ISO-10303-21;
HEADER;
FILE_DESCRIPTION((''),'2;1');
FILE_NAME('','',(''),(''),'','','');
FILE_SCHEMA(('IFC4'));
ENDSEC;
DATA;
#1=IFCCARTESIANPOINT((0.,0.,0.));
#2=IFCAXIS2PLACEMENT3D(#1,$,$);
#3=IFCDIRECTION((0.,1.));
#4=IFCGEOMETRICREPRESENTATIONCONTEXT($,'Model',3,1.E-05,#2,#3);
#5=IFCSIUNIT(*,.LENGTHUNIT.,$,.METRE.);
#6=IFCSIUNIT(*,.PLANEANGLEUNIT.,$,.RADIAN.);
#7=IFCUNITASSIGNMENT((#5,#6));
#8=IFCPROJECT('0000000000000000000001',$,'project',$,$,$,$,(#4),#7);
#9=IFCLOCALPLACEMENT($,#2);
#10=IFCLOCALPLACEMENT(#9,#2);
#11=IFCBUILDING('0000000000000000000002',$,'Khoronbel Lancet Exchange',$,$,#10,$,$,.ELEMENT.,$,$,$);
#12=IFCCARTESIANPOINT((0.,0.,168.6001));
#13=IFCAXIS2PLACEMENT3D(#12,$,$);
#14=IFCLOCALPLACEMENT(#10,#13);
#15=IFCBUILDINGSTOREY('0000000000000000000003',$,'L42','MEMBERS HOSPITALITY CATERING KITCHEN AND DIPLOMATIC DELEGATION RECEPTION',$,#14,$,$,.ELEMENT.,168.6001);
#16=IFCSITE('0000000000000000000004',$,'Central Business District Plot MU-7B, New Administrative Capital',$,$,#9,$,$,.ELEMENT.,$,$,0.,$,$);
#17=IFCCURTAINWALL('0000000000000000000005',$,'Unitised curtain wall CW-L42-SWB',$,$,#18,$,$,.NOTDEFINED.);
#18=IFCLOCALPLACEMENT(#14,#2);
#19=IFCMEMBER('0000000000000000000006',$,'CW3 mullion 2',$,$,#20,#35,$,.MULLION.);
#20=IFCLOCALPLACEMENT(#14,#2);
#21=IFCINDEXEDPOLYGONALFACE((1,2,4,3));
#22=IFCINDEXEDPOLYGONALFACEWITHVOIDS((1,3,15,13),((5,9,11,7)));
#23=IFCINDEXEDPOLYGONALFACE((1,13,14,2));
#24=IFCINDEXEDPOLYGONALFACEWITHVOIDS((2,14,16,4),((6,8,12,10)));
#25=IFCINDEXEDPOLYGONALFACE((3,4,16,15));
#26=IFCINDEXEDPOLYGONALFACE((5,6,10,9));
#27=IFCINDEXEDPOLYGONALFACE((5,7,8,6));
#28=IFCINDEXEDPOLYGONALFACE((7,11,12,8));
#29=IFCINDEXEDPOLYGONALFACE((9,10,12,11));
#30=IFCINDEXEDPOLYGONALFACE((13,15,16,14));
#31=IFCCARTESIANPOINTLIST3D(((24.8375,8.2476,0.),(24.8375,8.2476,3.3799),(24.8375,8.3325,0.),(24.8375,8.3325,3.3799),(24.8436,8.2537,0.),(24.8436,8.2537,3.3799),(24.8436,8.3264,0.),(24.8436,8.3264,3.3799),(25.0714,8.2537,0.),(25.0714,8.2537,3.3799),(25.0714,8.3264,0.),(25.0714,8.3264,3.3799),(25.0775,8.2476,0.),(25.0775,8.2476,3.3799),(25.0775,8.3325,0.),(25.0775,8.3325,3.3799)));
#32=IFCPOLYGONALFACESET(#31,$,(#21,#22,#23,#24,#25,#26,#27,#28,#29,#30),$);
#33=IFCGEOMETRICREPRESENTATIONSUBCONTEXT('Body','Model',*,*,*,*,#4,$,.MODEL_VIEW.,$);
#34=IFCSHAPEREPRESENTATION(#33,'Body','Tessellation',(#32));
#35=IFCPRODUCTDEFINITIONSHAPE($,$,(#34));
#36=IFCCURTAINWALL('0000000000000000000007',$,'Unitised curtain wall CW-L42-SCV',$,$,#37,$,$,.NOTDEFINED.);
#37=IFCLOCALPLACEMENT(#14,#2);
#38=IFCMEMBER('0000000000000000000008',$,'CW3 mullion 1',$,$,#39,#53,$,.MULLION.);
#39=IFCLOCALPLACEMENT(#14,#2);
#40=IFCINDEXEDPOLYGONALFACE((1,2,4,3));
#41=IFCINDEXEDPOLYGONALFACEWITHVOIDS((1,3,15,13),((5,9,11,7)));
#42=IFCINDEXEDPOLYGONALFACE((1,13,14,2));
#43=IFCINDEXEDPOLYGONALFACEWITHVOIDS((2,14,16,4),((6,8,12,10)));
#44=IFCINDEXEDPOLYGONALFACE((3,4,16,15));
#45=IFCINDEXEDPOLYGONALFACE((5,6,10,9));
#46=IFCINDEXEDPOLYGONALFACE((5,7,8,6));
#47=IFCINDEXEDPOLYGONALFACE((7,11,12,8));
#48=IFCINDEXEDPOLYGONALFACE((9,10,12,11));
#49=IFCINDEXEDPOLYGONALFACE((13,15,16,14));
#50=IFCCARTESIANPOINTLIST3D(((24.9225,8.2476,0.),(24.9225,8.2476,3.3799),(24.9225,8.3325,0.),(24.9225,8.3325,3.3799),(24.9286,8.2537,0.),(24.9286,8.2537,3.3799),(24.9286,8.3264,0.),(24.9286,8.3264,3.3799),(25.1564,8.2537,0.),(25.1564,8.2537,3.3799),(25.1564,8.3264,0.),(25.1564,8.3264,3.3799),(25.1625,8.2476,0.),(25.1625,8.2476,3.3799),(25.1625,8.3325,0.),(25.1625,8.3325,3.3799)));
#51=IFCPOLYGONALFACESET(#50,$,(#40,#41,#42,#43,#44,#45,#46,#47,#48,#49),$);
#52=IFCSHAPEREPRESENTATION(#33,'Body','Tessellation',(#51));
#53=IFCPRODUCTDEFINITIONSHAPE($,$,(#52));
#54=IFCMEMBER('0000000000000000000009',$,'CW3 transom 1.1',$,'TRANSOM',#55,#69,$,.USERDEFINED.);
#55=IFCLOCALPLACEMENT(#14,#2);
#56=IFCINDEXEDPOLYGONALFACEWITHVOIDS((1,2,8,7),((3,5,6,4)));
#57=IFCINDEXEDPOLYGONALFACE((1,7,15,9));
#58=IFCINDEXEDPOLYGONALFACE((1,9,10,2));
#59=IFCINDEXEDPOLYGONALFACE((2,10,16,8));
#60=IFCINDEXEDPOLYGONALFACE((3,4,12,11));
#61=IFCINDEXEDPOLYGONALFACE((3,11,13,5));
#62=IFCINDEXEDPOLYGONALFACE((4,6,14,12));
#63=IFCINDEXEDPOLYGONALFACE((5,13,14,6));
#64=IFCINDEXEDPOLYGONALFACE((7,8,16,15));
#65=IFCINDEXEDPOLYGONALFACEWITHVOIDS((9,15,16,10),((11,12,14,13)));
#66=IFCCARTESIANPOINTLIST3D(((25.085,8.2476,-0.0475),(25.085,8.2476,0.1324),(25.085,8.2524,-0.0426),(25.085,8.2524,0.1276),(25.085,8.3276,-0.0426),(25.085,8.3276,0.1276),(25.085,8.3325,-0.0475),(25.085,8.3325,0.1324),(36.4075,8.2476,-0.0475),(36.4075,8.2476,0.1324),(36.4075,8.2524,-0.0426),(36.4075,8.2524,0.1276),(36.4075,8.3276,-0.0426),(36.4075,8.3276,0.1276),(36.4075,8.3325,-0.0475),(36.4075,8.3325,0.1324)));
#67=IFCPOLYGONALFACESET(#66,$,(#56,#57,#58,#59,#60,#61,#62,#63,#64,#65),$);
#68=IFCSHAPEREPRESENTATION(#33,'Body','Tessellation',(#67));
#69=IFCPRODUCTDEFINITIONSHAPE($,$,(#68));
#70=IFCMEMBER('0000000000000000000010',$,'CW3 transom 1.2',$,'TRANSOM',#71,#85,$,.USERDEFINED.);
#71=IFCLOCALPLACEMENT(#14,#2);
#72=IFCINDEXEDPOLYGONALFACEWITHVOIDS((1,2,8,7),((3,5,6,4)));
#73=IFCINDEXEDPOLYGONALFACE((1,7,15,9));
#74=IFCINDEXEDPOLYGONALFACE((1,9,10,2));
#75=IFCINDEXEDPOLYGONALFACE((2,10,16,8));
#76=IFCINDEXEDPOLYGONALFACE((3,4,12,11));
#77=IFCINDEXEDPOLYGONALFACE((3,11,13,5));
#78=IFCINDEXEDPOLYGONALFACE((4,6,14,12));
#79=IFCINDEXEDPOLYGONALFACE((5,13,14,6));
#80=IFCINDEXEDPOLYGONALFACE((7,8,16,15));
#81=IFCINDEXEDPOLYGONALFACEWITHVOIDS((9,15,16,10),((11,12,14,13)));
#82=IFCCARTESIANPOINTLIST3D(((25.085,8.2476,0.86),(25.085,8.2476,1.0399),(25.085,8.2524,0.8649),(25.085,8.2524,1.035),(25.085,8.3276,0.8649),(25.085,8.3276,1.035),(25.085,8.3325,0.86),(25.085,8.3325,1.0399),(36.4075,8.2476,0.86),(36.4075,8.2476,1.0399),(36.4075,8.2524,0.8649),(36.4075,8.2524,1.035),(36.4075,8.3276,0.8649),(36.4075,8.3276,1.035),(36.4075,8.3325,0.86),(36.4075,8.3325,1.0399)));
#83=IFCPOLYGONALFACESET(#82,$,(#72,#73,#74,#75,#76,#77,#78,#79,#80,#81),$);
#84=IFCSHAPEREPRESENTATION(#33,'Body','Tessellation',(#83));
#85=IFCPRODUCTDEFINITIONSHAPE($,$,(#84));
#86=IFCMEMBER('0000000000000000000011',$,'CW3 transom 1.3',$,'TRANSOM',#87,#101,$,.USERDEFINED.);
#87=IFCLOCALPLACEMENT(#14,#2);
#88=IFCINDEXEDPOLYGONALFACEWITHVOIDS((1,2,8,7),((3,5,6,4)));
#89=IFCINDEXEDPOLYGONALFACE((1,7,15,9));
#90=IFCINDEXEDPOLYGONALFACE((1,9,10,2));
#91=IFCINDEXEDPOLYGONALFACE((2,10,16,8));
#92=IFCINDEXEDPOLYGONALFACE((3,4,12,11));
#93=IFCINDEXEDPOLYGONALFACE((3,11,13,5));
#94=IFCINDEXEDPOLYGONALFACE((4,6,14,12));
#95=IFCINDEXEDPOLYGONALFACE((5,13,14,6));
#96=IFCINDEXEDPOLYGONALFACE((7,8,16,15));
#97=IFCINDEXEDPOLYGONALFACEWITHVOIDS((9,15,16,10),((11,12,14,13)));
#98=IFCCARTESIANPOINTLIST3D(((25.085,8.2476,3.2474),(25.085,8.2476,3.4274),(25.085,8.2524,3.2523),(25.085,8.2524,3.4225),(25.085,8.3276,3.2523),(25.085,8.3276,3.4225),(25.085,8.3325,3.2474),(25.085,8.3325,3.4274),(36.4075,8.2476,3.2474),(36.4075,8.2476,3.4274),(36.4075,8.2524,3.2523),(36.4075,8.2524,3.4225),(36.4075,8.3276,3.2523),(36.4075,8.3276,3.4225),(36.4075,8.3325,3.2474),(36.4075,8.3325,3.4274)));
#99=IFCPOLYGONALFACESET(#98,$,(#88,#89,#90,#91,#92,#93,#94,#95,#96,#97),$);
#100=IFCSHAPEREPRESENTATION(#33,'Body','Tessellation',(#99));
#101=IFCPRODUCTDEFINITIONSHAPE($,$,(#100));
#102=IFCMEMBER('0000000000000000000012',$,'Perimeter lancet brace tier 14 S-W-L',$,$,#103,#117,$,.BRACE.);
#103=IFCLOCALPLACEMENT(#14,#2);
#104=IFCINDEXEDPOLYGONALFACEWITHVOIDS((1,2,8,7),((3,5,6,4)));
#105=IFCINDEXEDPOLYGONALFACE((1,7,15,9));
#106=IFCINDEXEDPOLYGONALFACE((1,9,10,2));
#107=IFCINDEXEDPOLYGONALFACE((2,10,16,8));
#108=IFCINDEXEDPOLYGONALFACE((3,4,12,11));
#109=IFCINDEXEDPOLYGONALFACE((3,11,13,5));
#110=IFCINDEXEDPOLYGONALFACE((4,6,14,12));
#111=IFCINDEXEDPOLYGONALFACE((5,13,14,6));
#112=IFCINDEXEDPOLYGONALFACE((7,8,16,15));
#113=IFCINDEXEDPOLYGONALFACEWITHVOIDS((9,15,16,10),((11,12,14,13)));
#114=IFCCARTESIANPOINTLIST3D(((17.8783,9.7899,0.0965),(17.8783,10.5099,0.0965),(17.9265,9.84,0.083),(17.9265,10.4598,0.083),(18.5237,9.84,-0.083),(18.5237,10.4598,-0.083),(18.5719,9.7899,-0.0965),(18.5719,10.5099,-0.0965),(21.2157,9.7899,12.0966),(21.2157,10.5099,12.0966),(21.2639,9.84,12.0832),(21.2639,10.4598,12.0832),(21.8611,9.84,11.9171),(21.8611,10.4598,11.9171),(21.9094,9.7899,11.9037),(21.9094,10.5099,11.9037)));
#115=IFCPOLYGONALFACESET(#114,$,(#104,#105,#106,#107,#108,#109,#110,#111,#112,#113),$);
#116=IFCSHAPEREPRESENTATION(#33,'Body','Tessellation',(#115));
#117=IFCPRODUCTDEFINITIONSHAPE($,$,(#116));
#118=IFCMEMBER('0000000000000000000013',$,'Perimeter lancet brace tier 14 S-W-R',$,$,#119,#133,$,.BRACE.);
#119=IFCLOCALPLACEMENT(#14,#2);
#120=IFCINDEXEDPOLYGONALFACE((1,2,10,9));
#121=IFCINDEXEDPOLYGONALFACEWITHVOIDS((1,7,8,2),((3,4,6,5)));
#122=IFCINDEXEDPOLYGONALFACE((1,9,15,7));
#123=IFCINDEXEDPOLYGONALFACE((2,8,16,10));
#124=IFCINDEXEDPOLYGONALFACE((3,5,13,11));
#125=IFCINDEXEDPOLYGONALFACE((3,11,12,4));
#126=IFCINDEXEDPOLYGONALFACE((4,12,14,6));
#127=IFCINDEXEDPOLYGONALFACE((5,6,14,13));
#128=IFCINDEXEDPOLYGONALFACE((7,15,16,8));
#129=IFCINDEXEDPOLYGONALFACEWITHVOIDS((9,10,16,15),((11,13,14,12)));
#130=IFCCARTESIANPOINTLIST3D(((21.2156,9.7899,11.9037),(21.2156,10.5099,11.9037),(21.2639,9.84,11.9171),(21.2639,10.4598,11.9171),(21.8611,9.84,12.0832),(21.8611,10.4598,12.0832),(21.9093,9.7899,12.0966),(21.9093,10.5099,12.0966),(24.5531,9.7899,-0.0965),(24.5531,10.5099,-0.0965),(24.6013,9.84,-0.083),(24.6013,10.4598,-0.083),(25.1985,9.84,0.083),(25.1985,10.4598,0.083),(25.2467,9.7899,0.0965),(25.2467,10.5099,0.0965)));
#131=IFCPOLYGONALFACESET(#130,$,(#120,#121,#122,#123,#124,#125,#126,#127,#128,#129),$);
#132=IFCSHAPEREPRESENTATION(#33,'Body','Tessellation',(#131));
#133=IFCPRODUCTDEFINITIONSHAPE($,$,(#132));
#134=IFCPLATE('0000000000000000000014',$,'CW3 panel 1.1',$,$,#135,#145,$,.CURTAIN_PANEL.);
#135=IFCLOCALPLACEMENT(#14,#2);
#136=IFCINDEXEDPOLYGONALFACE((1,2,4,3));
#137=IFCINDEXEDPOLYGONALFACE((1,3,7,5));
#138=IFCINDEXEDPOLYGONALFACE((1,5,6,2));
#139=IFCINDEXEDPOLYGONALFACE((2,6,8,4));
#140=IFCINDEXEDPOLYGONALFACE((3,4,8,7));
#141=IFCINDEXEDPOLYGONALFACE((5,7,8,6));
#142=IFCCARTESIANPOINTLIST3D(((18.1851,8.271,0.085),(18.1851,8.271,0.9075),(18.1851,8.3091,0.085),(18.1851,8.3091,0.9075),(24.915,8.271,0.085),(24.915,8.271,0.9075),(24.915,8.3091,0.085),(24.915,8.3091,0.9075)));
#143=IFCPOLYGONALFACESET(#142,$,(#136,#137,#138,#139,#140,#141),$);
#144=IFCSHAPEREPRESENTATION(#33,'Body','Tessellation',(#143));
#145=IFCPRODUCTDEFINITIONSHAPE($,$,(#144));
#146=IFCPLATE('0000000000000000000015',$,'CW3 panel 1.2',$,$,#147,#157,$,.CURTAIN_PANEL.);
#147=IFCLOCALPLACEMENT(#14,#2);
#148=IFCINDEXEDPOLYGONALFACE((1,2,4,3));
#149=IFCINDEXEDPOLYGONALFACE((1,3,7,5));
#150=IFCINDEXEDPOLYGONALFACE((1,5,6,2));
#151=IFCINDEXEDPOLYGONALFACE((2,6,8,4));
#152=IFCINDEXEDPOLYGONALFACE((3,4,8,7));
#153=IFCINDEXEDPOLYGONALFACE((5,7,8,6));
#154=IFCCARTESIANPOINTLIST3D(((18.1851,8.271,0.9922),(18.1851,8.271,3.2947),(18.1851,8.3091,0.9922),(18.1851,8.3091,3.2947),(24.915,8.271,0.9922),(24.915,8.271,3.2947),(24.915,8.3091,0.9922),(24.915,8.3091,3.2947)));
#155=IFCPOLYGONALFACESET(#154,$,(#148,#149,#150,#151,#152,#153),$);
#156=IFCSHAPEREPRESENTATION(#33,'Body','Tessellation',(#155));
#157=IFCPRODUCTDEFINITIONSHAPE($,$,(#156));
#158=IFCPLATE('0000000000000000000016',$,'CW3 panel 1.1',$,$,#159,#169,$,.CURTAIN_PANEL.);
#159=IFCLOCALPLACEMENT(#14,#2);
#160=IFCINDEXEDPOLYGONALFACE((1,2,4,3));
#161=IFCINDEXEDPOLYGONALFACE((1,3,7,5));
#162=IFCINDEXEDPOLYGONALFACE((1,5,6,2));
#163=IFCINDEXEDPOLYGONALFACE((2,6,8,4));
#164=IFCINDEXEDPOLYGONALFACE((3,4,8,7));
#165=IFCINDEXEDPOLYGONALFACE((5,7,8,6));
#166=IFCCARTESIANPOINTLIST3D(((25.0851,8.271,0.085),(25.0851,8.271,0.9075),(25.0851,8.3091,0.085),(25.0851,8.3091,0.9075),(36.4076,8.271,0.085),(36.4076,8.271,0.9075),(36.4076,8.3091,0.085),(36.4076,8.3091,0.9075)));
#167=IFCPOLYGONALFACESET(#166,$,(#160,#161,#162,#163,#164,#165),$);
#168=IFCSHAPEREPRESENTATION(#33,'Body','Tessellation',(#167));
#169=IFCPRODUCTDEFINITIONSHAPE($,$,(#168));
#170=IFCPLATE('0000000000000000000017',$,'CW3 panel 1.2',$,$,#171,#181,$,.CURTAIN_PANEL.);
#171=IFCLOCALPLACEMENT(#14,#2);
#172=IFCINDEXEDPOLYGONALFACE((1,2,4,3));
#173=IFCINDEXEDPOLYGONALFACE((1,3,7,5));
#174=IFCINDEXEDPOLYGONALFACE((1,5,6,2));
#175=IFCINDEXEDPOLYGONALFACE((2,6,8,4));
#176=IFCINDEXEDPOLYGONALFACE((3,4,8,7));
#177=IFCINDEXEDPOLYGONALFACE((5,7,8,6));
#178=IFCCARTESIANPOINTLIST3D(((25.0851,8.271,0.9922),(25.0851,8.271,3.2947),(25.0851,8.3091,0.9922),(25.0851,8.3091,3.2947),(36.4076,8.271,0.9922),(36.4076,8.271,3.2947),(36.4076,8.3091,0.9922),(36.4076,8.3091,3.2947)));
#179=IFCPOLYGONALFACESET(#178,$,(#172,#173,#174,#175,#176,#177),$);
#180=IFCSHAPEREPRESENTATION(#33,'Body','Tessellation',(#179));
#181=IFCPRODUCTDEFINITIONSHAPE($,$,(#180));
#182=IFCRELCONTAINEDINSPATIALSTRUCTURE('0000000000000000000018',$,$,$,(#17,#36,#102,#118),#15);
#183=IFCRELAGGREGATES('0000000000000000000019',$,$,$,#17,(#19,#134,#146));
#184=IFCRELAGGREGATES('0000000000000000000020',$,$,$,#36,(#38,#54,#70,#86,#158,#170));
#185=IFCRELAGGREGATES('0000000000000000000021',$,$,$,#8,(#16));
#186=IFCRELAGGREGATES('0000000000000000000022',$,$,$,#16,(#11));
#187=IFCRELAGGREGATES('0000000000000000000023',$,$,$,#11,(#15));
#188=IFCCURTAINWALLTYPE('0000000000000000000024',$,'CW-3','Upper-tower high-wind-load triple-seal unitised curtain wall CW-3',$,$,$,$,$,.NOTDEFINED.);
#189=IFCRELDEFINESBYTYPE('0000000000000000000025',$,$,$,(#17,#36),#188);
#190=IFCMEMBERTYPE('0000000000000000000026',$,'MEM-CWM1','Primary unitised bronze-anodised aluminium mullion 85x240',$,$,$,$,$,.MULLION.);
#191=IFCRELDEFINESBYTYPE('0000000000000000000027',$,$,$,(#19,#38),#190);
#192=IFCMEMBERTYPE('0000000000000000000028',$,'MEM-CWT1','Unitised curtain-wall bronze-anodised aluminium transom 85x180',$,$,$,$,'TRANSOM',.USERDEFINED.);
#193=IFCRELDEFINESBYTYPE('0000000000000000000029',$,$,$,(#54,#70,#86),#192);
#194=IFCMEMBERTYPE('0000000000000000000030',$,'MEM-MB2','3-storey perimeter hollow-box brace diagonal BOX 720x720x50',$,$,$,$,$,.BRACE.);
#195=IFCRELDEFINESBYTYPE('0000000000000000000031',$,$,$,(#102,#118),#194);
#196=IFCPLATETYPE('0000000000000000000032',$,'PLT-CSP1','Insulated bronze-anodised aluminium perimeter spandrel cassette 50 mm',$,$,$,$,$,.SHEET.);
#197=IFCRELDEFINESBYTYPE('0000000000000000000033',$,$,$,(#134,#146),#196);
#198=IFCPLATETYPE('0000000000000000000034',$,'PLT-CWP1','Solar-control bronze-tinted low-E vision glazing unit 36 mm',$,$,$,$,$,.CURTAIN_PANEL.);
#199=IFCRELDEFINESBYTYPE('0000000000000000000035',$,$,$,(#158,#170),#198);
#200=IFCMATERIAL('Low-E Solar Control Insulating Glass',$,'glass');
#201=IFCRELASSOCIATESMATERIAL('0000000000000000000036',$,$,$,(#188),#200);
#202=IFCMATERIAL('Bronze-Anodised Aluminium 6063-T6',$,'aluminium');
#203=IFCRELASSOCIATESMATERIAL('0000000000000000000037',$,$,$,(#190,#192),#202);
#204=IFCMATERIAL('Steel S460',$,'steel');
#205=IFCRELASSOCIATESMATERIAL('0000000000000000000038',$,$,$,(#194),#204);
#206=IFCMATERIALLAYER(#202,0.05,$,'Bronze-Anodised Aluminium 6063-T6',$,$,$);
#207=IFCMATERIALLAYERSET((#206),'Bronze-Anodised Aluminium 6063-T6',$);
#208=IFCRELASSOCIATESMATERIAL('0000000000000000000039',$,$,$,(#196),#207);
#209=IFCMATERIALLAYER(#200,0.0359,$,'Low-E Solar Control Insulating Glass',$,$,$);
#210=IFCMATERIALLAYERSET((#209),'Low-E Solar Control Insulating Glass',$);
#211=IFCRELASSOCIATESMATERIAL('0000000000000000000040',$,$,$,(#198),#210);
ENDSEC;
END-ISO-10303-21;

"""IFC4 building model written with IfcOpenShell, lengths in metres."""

from ifc_helpers import new_model, si_unit, direction, frame, origin, origin_2d, place, context, subcontext, project, spatial, rectangle, hollow_rectangle, extrude, material, layer, layer_set, material_profile, profile_set, type_object, element, aggregate, save


model = new_model("IFC4")

# Units and contexts
model_context = context("Model", 3, precision=1e-05, world=origin(), true_north=direction((0.0, 1.0)))
body_context = subcontext(model_context, "Body", "Model", "MODEL_VIEW")
ifc_project = project(units=[si_unit("LENGTHUNIT", "METRE"), si_unit("PLANEANGLEUNIT", "RADIAN")], contexts=[model_context])

# Site, building, storey
site_placement = place(None, origin())
site = spatial("IfcSite", under=ifc_project, at=site_placement, Name="Central Business District Plot MU-7B, New Administrative Capital", CompositionType="ELEMENT", RefElevation=0.0)
building_placement = place(site_placement, origin())
building = spatial("IfcBuilding", under=site, at=building_placement, Name="Khoronbel Lancet Exchange", CompositionType="ELEMENT")
storey_placement = place(building_placement, frame((0.0, 0.0, 168.6001)))
storey = spatial("IfcBuildingStorey", under=building, at=storey_placement, Name="L42", Description="MEMBERS HOSPITALITY CATERING KITCHEN AND DIPLOMATIC DELEGATION RECEPTION", CompositionType="ELEMENT", Elevation=168.6001)

# Shared definitions
ifc_material_1 = material(Name="Steel S460", Category="steel")

# Curtain wall, member
ifc_material_2 = material(Name="Low-E Solar Control Insulating Glass", Category="glass")
curtain_wall_type = type_object("IfcCurtainWallType", Name="CW-3", Description="Upper-tower high-wind-load triple-seal unitised curtain wall CW-3", PredefinedType="NOTDEFINED", material=ifc_material_2)
curtain_wall_1_placement = place(storey_placement, origin())
curtain_wall_1 = element("IfcCurtainWall", 1, at=curtain_wall_1_placement, inside=storey, type_object=curtain_wall_type, Name="Unitised curtain wall CW-L42-SWB", PredefinedType="NOTDEFINED")
ifc_material_3 = material(Name="Bronze-Anodised Aluminium 6063-T6", Category="aluminium")
ifc_material_profile_1 = material_profile(ifc_material_3, hollow_rectangle(XDim=0.085, YDim=0.24, WallThickness=0.0061, at=origin_2d()), Name="ALU MULLION 85x240")
ifc_profile_set_1 = profile_set([ifc_material_profile_1], Name="Bronze-Anodised Aluminium 6063-T6")
member_type_1 = type_object("IfcMemberType", Name="MEM-CWM1", Description="Primary unitised bronze-anodised aluminium mullion 85x240", PredefinedType="MULLION", material=ifc_profile_set_1)
member_1_placement = place(storey_placement, frame((24.9575, 8.29, 0.0), z_axis=(0.0, 0.0, 1.0), x_axis=(0.0, 1.0, 0.0)))
member_1 = element("IfcMember", 2, at=member_1_placement, type_object=member_type_1, Name="CW3 mullion 2", PredefinedType="MULLION", context=body_context, shape_type="SweptSolid", body=[
    extrude(hollow_rectangle(XDim=0.085, YDim=0.24, WallThickness=0.0061, at=origin_2d()), origin(), (0.0, 0.0, 1.0), 3.3799),
])

# Curtain wall, members
curtain_wall_2_placement = place(storey_placement, origin())
curtain_wall_2 = element("IfcCurtainWall", 3, at=curtain_wall_2_placement, inside=storey, type_object=curtain_wall_type, Name="Unitised curtain wall CW-L42-SCV", PredefinedType="NOTDEFINED")
member_2_placement = place(storey_placement, frame((25.0425, 8.29, 0.0), z_axis=(0.0, 0.0, 1.0), x_axis=(0.0, 1.0, 0.0)))
member_2 = element("IfcMember", 4, at=member_2_placement, type_object=member_type_1, Name="CW3 mullion 1", PredefinedType="MULLION", context=body_context, shape_type="SweptSolid", body=[
    extrude(hollow_rectangle(XDim=0.085, YDim=0.24, WallThickness=0.0061, at=origin_2d()), origin(), (0.0, 0.0, 1.0), 3.3799),
])
ifc_material_profile_2 = material_profile(ifc_material_3, hollow_rectangle(XDim=0.085, YDim=0.1799, WallThickness=0.0049, at=origin_2d()), Name="ALU TRANSOM 85x180")
ifc_profile_set_2 = profile_set([ifc_material_profile_2], Name="Bronze-Anodised Aluminium 6063-T6")
member_type_2 = type_object("IfcMemberType", Name="MEM-CWT1", Description="Unitised curtain-wall bronze-anodised aluminium transom 85x180", ElementType="TRANSOM", PredefinedType="USERDEFINED", material=ifc_profile_set_2)
member_3_placement = place(storey_placement, frame((25.085, 8.29, 0.0425), z_axis=(1.0, 0.0, 0.0), x_axis=(0.0, 1.0, 0.0)))
member_3 = element("IfcMember", 5, at=member_3_placement, type_object=member_type_2, Name="CW3 transom 1.1", ObjectType="TRANSOM", PredefinedType="USERDEFINED", context=body_context, shape_type="SweptSolid", body=[
    extrude(hollow_rectangle(XDim=0.085, YDim=0.1799, WallThickness=0.0049, at=origin_2d()), origin(), (0.0, 0.0, 1.0), 11.3225),
])
member_4_placement = place(storey_placement, frame((25.085, 8.29, 0.95), z_axis=(1.0, 0.0, 0.0), x_axis=(0.0, 1.0, 0.0)))
member_4 = element("IfcMember", 6, at=member_4_placement, type_object=member_type_2, Name="CW3 transom 1.2", ObjectType="TRANSOM", PredefinedType="USERDEFINED", context=body_context, shape_type="SweptSolid", body=[
    extrude(hollow_rectangle(XDim=0.085, YDim=0.1799, WallThickness=0.0049, at=origin_2d()), origin(), (0.0, 0.0, 1.0), 11.3225),
])
member_5_placement = place(storey_placement, frame((25.085, 8.29, 3.3374), z_axis=(1.0, 0.0, 0.0), x_axis=(0.0, 1.0, 0.0)))
member_5 = element("IfcMember", 7, at=member_5_placement, type_object=member_type_2, Name="CW3 transom 1.3", ObjectType="TRANSOM", PredefinedType="USERDEFINED", context=body_context, shape_type="SweptSolid", body=[
    extrude(hollow_rectangle(XDim=0.085, YDim=0.1799, WallThickness=0.0049, at=origin_2d()), origin(), (0.0, 0.0, 1.0), 11.3225),
])

# Members
ifc_material_profile_3 = material_profile(ifc_material_1, hollow_rectangle(XDim=0.72, YDim=0.72, WallThickness=0.05, at=origin_2d()), Name="BOX 720x720x50")
ifc_profile_set_3 = profile_set([ifc_material_profile_3], Name="Steel S460")
member_type_3 = type_object("IfcMemberType", Name="MEM-MB2", Description="3-storey perimeter hollow-box brace diagonal BOX 720x720x50", PredefinedType="BRACE", material=ifc_profile_set_3)
for number, where, z_axis, x_axis, name in (
    (8, (18.2251, 10.1499, 0.0), (0.267947, 0.0, 0.963434), (0.0, 1.0, 0.0), "Perimeter lancet brace tier 14 S-W-L"),
    (9, (24.8999, 10.1499, 0.0), (-0.267947, 0.0, 0.963434), (0.0, -1.0, 0.0), "Perimeter lancet brace tier 14 S-W-R"),
):
    element("IfcMember", number, at=place(storey_placement, frame(where, z_axis=z_axis, x_axis=x_axis)), inside=storey, type_object=member_type_3, Name=name, PredefinedType="BRACE", context=body_context, shape_type="SweptSolid", body=[
        extrude(hollow_rectangle(XDim=0.72, YDim=0.72, WallThickness=0.05, at=origin_2d()), origin(), (0.0, 0.0, 1.0), 12.4556),
    ])

# Plates
ifc_layer_1 = layer(ifc_material_3, 0.05, Name="Bronze-Anodised Aluminium 6063-T6")
ifc_layer_set_1 = layer_set([ifc_layer_1], Name="Bronze-Anodised Aluminium 6063-T6")
plate_type_1 = type_object("IfcPlateType", Name="PLT-CSP1", Description="Insulated bronze-anodised aluminium perimeter spandrel cassette 50 mm", PredefinedType="SHEET", material=ifc_layer_set_1)
plate_1_placement = place(storey_placement, frame((21.55, 8.29, 0.085), z_axis=(0.0, 0.0, 1.0), x_axis=(1.0, 0.0, 0.0)))
plate_1 = element("IfcPlate", 10, at=plate_1_placement, type_object=plate_type_1, Name="CW3 panel 1.1", PredefinedType="CURTAIN_PANEL", context=body_context, shape_type="SweptSolid", body=[
    extrude(rectangle(XDim=6.73, YDim=0.0381, at=origin_2d()), origin(), (0.0, 0.0, 1.0), 0.8225),
])
plate_2_placement = place(storey_placement, frame((21.55, 8.29, 0.9922), z_axis=(0.0, 0.0, 1.0), x_axis=(1.0, 0.0, 0.0)))
plate_2 = element("IfcPlate", 11, at=plate_2_placement, type_object=plate_type_1, Name="CW3 panel 1.2", PredefinedType="CURTAIN_PANEL", context=body_context, shape_type="SweptSolid", body=[
    extrude(rectangle(XDim=6.73, YDim=0.0381, at=origin_2d()), origin(), (0.0, 0.0, 1.0), 2.3025),
])
aggregate(curtain_wall_1, [member_1, plate_1, plate_2])
ifc_layer_2 = layer(ifc_material_2, 0.0359, Name="Low-E Solar Control Insulating Glass")
ifc_layer_set_2 = layer_set([ifc_layer_2], Name="Low-E Solar Control Insulating Glass")
plate_type_2 = type_object("IfcPlateType", Name="PLT-CWP1", Description="Solar-control bronze-tinted low-E vision glazing unit 36 mm", PredefinedType="CURTAIN_PANEL", material=ifc_layer_set_2)
plate_3_placement = place(storey_placement, frame((30.7463, 8.29, 0.085), z_axis=(0.0, 0.0, 1.0), x_axis=(1.0, 0.0, 0.0)))
plate_3 = element("IfcPlate", 12, at=plate_3_placement, type_object=plate_type_2, Name="CW3 panel 1.1", PredefinedType="CURTAIN_PANEL", context=body_context, shape_type="SweptSolid", body=[
    extrude(rectangle(XDim=11.3225, YDim=0.0381, at=origin_2d()), origin(), (0.0, 0.0, 1.0), 0.8225),
])
plate_4_placement = place(storey_placement, frame((30.7463, 8.29, 0.9922), z_axis=(0.0, 0.0, 1.0), x_axis=(1.0, 0.0, 0.0)))
plate_4 = element("IfcPlate", 13, at=plate_4_placement, type_object=plate_type_2, Name="CW3 panel 1.2", PredefinedType="CURTAIN_PANEL", context=body_context, shape_type="SweptSolid", body=[
    extrude(rectangle(XDim=11.3225, YDim=0.0381, at=origin_2d()), origin(), (0.0, 0.0, 1.0), 2.3025),
])
aggregate(curtain_wall_2, [member_2, member_3, member_4, member_5, plate_3, plate_4])

save(model, "model.ifc")
